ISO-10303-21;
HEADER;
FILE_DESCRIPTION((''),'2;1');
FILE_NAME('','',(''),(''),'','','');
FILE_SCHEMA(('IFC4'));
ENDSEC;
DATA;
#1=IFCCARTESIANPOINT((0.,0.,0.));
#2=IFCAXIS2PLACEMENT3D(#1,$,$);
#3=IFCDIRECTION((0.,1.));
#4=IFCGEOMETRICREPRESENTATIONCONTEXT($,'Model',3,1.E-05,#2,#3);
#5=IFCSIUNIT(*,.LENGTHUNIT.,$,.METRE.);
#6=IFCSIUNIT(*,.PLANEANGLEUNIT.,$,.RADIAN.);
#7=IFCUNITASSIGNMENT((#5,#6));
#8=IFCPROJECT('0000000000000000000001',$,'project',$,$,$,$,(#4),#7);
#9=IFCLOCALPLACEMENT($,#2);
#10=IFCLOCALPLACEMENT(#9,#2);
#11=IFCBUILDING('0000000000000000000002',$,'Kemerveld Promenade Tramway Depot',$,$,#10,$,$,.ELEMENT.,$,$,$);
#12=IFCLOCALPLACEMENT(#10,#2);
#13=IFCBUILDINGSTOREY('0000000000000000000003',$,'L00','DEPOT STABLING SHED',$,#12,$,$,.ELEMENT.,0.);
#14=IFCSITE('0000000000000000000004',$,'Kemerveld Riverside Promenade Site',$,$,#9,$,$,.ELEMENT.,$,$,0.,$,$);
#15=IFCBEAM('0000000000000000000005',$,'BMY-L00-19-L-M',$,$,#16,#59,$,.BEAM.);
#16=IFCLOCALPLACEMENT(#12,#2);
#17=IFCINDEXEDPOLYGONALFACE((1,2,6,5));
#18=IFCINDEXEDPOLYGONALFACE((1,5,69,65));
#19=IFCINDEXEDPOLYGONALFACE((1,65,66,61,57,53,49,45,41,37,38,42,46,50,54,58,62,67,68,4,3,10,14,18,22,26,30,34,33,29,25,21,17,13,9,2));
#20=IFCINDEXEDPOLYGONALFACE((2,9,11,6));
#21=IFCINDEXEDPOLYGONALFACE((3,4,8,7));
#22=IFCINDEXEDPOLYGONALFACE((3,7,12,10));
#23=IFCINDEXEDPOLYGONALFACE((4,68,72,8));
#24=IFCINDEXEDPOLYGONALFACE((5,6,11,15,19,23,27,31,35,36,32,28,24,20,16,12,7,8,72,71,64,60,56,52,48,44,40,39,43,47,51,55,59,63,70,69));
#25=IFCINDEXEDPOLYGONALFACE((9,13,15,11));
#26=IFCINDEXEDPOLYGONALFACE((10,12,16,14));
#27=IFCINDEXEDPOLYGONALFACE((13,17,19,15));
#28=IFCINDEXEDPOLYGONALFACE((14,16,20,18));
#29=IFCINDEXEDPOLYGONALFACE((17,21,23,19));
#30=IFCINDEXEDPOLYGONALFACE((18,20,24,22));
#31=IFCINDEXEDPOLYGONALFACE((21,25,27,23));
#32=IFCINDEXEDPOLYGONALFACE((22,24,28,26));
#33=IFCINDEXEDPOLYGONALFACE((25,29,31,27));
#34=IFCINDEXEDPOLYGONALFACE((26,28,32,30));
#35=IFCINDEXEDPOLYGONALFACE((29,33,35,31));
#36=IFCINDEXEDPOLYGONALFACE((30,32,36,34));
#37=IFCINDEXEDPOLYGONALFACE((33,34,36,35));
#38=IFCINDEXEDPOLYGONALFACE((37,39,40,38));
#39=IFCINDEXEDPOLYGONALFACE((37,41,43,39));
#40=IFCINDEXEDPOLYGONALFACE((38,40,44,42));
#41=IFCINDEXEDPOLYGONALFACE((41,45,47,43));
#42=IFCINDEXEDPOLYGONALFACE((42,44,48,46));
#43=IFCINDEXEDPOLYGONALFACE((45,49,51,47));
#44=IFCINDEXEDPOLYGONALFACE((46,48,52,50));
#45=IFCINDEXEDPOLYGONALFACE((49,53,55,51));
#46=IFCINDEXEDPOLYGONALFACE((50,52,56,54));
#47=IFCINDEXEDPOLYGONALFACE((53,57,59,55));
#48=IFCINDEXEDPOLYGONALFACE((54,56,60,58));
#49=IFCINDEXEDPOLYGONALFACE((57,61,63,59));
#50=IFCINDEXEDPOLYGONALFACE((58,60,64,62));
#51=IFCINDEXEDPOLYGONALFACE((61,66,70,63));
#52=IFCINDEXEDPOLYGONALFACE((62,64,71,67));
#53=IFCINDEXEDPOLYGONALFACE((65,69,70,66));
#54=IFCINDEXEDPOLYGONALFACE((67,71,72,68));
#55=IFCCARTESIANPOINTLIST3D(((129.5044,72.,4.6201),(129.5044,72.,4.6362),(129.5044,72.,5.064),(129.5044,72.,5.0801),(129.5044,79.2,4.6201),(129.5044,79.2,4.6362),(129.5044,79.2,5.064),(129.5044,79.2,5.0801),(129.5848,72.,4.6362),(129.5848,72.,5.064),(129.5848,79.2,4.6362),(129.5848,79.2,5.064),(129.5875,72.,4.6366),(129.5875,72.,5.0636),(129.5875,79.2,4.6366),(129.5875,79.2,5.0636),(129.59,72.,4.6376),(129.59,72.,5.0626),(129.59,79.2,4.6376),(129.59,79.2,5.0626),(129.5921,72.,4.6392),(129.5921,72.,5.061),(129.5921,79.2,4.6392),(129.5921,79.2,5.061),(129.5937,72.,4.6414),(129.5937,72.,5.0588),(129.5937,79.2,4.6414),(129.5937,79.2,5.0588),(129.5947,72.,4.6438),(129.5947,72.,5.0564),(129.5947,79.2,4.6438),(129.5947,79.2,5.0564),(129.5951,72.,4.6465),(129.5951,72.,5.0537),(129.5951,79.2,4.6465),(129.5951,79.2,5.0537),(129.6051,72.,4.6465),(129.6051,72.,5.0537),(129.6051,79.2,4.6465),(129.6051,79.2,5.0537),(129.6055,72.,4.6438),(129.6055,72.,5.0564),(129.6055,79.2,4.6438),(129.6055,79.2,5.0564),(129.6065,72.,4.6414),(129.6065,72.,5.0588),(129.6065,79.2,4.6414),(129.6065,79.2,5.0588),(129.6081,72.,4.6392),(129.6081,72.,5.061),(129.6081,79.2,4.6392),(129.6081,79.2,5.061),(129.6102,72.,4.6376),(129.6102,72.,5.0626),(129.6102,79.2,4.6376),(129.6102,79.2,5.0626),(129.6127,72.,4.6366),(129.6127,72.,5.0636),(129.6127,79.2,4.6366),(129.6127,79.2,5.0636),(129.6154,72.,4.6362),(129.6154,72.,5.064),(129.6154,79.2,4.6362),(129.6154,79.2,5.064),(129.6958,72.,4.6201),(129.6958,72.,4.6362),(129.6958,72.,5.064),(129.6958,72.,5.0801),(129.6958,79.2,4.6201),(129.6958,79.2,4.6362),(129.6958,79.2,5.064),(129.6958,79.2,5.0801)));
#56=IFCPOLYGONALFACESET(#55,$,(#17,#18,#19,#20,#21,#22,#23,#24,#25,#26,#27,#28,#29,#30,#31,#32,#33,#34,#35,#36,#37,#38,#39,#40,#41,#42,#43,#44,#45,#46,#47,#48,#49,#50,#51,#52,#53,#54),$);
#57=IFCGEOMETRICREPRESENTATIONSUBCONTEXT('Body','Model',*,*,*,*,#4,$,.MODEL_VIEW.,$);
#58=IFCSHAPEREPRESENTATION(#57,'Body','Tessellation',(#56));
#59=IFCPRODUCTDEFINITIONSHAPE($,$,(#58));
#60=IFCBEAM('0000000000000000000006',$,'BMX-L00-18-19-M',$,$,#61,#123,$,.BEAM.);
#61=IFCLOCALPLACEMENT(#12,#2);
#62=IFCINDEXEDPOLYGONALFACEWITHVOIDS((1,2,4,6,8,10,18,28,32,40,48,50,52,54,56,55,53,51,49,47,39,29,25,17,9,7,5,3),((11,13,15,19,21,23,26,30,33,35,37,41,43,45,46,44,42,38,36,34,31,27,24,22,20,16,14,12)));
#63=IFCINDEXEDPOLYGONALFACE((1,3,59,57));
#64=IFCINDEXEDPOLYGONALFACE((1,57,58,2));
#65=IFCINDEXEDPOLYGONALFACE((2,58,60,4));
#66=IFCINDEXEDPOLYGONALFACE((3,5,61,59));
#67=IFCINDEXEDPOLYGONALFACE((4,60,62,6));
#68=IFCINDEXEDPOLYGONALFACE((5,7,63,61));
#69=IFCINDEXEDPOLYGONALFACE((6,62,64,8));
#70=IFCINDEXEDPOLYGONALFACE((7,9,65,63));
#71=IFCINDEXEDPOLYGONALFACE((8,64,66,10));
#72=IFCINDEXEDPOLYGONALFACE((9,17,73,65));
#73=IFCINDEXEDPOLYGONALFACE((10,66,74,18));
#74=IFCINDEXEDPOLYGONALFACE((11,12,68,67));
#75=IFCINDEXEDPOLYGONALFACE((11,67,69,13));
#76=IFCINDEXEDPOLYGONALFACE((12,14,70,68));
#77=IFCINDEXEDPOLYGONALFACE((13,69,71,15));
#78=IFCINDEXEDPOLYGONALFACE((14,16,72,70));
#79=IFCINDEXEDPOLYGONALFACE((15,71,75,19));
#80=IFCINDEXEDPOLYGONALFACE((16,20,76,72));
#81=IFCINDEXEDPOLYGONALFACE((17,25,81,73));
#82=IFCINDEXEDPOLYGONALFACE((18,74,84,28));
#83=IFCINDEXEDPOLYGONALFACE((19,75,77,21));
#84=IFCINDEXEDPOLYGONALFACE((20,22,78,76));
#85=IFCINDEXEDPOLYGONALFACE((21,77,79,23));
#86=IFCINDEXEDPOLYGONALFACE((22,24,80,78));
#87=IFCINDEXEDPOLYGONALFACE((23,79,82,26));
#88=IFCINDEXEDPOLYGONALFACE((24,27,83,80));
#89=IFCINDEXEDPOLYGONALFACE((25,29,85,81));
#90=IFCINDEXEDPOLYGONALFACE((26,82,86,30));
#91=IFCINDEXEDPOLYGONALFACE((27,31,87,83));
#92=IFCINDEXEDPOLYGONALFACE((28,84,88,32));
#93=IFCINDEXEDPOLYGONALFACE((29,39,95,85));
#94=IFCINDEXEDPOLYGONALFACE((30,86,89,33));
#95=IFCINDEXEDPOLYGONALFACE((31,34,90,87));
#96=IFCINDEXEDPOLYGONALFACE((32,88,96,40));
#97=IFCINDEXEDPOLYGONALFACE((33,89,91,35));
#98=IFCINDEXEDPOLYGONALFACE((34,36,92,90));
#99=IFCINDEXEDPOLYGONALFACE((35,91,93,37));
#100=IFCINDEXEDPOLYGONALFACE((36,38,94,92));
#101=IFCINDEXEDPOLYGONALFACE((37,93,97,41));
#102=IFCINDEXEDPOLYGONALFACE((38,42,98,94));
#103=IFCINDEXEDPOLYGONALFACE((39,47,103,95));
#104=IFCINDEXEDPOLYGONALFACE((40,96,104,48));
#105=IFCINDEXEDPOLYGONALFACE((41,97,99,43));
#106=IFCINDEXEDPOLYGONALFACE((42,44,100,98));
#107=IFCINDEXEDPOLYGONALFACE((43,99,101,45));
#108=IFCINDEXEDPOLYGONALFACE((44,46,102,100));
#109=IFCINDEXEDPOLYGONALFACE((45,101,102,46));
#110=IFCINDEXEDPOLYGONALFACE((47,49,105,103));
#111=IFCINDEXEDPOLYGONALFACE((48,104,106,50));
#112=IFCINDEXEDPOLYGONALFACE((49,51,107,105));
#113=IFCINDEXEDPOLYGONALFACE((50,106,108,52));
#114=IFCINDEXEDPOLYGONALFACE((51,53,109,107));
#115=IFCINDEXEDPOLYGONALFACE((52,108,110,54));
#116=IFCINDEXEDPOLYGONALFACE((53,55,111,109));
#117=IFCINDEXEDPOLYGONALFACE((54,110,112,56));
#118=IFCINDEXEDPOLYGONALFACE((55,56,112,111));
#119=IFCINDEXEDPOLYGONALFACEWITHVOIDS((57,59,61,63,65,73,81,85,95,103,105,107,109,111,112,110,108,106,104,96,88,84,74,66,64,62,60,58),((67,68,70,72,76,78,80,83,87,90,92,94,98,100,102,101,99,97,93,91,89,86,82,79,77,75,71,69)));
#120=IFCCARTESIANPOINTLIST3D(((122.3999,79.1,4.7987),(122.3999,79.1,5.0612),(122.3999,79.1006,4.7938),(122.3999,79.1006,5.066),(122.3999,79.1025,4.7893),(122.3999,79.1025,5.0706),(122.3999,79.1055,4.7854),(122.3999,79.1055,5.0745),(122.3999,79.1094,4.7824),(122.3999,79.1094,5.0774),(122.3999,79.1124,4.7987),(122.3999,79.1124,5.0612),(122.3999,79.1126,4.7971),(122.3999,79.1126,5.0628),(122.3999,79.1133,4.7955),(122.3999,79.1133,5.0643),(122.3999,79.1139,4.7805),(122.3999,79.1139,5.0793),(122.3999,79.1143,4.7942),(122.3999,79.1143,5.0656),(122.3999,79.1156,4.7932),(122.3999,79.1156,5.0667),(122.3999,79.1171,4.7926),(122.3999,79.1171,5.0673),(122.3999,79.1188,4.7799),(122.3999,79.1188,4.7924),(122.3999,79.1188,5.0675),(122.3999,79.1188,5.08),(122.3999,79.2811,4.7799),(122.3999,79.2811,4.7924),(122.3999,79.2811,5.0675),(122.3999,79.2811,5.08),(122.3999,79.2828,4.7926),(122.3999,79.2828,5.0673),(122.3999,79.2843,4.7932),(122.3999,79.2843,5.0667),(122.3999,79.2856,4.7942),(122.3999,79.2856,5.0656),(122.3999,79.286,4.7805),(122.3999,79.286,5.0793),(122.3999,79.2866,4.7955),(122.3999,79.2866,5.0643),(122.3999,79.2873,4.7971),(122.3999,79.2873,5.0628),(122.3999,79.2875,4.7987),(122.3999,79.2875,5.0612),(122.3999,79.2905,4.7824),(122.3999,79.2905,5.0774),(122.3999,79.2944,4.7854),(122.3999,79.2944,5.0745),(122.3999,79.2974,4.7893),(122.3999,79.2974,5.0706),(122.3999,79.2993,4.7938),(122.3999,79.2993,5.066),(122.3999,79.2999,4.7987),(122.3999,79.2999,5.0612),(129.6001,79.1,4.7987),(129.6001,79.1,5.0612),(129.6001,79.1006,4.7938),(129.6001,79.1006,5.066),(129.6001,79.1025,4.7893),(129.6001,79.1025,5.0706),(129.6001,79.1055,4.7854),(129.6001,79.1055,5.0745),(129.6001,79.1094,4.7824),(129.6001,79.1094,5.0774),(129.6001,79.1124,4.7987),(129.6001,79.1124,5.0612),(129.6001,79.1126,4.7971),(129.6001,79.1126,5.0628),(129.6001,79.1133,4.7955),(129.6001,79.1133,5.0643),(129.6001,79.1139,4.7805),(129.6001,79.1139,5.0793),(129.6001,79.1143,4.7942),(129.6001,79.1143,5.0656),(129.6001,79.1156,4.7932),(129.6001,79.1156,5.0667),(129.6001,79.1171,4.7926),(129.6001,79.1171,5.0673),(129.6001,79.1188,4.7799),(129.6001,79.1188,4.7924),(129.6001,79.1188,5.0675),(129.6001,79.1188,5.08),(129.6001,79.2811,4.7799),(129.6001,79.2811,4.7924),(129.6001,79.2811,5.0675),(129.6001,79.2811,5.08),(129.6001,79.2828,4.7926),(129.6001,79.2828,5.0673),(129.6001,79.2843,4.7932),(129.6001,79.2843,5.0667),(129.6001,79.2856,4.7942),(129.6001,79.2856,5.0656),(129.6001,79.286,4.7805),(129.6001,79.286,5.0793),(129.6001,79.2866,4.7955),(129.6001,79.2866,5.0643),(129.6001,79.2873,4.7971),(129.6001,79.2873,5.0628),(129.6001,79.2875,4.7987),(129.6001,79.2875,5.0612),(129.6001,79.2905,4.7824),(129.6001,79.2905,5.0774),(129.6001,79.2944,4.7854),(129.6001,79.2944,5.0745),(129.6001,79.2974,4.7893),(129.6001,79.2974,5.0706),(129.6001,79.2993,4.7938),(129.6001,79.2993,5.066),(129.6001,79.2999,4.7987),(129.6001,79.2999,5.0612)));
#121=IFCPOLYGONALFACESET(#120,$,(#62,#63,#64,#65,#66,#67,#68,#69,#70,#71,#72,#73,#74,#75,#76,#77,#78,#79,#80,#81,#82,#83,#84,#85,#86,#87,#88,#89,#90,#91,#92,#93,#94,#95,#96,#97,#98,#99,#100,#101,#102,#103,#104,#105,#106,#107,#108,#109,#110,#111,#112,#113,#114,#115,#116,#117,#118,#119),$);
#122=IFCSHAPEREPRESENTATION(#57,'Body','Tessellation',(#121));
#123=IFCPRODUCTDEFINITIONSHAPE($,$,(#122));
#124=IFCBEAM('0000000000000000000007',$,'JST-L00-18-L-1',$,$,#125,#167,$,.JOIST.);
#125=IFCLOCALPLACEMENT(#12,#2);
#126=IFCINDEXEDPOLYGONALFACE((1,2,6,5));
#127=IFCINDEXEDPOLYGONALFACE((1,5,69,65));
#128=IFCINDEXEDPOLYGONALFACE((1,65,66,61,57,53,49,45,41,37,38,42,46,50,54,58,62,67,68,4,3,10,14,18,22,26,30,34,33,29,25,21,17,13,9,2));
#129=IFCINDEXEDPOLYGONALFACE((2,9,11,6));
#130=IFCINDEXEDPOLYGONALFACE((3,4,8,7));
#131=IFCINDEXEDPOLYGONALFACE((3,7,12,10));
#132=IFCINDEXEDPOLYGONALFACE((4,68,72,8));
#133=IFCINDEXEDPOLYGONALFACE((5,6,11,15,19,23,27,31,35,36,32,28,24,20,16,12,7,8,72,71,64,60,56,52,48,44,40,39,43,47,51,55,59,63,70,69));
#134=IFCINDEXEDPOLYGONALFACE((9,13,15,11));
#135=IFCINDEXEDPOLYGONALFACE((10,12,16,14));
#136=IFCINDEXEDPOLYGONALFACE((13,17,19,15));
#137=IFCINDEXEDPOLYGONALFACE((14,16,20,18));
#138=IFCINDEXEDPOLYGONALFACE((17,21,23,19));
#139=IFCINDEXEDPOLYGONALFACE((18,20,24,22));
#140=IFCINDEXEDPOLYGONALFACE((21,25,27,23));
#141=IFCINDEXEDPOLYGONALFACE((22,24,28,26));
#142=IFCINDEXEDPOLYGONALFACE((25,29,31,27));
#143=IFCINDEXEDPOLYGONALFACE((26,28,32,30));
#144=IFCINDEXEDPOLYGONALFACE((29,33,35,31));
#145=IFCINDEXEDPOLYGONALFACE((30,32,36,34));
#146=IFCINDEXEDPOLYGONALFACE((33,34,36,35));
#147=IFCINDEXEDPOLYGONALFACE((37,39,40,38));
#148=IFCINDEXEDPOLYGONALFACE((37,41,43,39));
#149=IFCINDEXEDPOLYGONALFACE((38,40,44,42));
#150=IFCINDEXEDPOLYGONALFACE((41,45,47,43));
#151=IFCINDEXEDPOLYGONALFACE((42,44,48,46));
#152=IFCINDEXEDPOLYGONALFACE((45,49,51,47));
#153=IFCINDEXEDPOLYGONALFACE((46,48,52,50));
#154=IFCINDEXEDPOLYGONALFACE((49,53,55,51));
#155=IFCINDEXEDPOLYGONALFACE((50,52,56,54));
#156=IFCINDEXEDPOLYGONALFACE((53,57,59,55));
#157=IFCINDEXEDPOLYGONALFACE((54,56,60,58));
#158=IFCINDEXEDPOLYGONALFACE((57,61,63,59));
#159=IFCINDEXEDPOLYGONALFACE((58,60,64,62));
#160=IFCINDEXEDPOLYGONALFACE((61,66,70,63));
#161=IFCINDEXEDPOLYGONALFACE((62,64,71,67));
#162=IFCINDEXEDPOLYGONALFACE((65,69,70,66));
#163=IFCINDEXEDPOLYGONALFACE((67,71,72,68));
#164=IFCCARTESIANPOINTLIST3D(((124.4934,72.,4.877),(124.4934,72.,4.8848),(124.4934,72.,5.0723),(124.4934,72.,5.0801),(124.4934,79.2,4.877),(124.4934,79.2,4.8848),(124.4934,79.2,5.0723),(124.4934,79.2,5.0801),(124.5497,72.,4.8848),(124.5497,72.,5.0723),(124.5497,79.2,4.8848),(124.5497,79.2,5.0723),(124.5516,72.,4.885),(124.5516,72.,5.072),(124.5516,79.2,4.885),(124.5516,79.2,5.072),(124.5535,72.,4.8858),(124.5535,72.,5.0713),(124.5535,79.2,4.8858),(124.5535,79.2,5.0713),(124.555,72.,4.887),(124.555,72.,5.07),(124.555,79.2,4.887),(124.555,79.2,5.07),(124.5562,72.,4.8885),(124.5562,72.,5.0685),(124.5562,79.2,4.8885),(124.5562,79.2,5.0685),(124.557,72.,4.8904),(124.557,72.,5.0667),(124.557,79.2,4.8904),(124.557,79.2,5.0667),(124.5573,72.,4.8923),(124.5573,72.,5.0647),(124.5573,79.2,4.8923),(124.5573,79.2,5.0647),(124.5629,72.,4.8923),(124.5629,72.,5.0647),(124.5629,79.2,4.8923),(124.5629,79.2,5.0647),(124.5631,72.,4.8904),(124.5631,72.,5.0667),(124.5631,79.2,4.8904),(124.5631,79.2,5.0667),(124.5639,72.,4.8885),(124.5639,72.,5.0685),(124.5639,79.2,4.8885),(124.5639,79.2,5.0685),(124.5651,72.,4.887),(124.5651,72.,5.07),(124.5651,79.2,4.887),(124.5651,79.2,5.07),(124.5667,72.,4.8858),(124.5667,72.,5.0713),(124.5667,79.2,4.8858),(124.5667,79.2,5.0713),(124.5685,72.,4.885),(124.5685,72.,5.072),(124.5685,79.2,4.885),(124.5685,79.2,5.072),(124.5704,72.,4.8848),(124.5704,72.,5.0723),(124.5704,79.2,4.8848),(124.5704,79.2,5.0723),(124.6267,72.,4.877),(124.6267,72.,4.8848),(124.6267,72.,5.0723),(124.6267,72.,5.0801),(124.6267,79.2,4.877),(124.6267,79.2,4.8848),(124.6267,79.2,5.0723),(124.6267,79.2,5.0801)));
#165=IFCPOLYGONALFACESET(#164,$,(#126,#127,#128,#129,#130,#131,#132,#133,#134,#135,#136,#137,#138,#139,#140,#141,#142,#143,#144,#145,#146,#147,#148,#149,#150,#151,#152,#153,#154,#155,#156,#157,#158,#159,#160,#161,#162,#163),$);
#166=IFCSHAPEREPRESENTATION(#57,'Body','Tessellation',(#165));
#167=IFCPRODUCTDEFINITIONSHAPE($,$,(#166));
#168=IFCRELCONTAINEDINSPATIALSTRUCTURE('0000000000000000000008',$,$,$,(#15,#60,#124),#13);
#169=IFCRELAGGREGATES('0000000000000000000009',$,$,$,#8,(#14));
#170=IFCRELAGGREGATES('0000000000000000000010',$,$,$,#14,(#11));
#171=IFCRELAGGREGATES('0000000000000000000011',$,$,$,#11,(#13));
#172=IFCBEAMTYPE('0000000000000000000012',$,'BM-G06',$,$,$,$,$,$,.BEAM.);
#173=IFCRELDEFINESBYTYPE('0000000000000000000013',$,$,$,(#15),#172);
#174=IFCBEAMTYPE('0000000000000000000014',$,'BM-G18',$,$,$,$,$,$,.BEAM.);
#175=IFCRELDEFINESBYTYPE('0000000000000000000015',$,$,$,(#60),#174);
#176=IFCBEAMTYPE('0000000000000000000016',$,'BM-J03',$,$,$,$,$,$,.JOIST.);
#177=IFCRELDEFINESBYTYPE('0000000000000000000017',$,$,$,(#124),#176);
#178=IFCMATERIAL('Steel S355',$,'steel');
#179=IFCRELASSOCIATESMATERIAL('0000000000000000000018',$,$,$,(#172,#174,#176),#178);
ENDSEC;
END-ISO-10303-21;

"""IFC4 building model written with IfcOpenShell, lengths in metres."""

from ifc_helpers import new_model, si_unit, direction, frame, origin, origin_2d, place, context, subcontext, project, spatial, hollow_rectangle, i_section, extrude, material, material_profile, profile_set, type_object, element, save


model = new_model("IFC4")

# Units and contexts
model_context = context("Model", 3, precision=1e-05, world=origin(), true_north=direction((0.0, 1.0)))
body_context = subcontext(model_context, "Body", "Model", "MODEL_VIEW")
ifc_project = project(units=[si_unit("LENGTHUNIT", "METRE"), si_unit("PLANEANGLEUNIT", "RADIAN")], contexts=[model_context])

# Site, building, storey
site_placement = place(None, origin())
site = spatial("IfcSite", under=ifc_project, at=site_placement, Name="Kemerveld Riverside Promenade Site", CompositionType="ELEMENT", RefElevation=0.0)
building_placement = place(site_placement, origin())
building = spatial("IfcBuilding", under=site, at=building_placement, Name="Kemerveld Promenade Tramway Depot", CompositionType="ELEMENT")
storey_placement = place(building_placement, origin())
storey = spatial("IfcBuildingStorey", under=building, at=storey_placement, Name="L00", Description="DEPOT STABLING SHED", CompositionType="ELEMENT", Elevation=0.0)

# Beams
ifc_material_1 = material(Name="Steel S355", Category="steel")
ifc_material_profile_1 = material_profile(ifc_material_1, i_section(OverallWidth=0.1914, OverallDepth=0.46, WebThickness=0.01, FlangeThickness=0.0161, FilletRadius=0.0103, at=origin_2d()), Name="457x191x82 UB")
ifc_profile_set_1 = profile_set([ifc_material_profile_1], Name="Steel S355")
beam_type_1 = type_object("IfcBeamType", Name="BM-G06", PredefinedType="BEAM", material=ifc_profile_set_1)
for number, where, z_axis, x_axis, name in (
    (1, (129.6001, 72.0, 4.8501), (0.0, 1.0, 0.0), (-1.0, 0.0, 0.0), "BMY-L00-19-L-M"),
):
    element("IfcBeam", number, at=place(storey_placement, frame(where, z_axis=z_axis, x_axis=x_axis)), inside=storey, type_object=beam_type_1, Name=name, PredefinedType="BEAM", context=body_context, shape_type="SweptSolid", body=[
        extrude(i_section(OverallWidth=0.1914, OverallDepth=0.46, WebThickness=0.01, FlangeThickness=0.0161, FilletRadius=0.0103, at=origin_2d()), origin(), (0.0, 0.0, 1.0), 7.2),
    ])
ifc_material_profile_2 = material_profile(ifc_material_1, hollow_rectangle(XDim=0.2, YDim=0.3, WallThickness=0.0125, InnerFilletRadius=0.0063, OuterFilletRadius=0.0188, at=origin_2d()), Name="300x200x12.5 RHS")
ifc_profile_set_2 = profile_set([ifc_material_profile_2], Name="Steel S355")
beam_type_2 = type_object("IfcBeamType", Name="BM-G18", PredefinedType="BEAM", material=ifc_profile_set_2)
beam_1_placement = place(storey_placement, frame((122.3999, 79.2, 4.9299), z_axis=(1.0, 0.0, 0.0), x_axis=(0.0, 1.0, 0.0)))
element("IfcBeam", 2, at=beam_1_placement, inside=storey, type_object=beam_type_2, Name="BMX-L00-18-19-M", PredefinedType="BEAM", context=body_context, shape_type="SweptSolid", body=[
    extrude(hollow_rectangle(XDim=0.2, YDim=0.3, WallThickness=0.0125, InnerFilletRadius=0.0063, OuterFilletRadius=0.0188, at=origin_2d()), origin(), (0.0, 0.0, 1.0), 7.2002),
])
ifc_material_profile_3 = material_profile(ifc_material_1, i_section(OverallWidth=0.1333, OverallDepth=0.2031, WebThickness=0.0056, FlangeThickness=0.0078, FilletRadius=0.0076, at=origin_2d()), Name="203x133x25 UB")
ifc_profile_set_3 = profile_set([ifc_material_profile_3], Name="Steel S355")
beam_type_3 = type_object("IfcBeamType", Name="BM-J03", PredefinedType="JOIST", material=ifc_profile_set_3)
for number, where, z_axis, x_axis, name in (
    (3, (124.5601, 72.0, 4.9785), (0.0, 1.0, 0.0), (-1.0, 0.0, 0.0), "JST-L00-18-L-1"),
):
    element("IfcBeam", number, at=place(storey_placement, frame(where, z_axis=z_axis, x_axis=x_axis)), inside=storey, type_object=beam_type_3, Name=name, PredefinedType="JOIST", context=body_context, shape_type="SweptSolid", body=[
        extrude(i_section(OverallWidth=0.1333, OverallDepth=0.2031, WebThickness=0.0056, FlangeThickness=0.0078, FilletRadius=0.0076, at=origin_2d()), origin(), (0.0, 0.0, 1.0), 7.2),
    ])

save(model, "model.ifc")
